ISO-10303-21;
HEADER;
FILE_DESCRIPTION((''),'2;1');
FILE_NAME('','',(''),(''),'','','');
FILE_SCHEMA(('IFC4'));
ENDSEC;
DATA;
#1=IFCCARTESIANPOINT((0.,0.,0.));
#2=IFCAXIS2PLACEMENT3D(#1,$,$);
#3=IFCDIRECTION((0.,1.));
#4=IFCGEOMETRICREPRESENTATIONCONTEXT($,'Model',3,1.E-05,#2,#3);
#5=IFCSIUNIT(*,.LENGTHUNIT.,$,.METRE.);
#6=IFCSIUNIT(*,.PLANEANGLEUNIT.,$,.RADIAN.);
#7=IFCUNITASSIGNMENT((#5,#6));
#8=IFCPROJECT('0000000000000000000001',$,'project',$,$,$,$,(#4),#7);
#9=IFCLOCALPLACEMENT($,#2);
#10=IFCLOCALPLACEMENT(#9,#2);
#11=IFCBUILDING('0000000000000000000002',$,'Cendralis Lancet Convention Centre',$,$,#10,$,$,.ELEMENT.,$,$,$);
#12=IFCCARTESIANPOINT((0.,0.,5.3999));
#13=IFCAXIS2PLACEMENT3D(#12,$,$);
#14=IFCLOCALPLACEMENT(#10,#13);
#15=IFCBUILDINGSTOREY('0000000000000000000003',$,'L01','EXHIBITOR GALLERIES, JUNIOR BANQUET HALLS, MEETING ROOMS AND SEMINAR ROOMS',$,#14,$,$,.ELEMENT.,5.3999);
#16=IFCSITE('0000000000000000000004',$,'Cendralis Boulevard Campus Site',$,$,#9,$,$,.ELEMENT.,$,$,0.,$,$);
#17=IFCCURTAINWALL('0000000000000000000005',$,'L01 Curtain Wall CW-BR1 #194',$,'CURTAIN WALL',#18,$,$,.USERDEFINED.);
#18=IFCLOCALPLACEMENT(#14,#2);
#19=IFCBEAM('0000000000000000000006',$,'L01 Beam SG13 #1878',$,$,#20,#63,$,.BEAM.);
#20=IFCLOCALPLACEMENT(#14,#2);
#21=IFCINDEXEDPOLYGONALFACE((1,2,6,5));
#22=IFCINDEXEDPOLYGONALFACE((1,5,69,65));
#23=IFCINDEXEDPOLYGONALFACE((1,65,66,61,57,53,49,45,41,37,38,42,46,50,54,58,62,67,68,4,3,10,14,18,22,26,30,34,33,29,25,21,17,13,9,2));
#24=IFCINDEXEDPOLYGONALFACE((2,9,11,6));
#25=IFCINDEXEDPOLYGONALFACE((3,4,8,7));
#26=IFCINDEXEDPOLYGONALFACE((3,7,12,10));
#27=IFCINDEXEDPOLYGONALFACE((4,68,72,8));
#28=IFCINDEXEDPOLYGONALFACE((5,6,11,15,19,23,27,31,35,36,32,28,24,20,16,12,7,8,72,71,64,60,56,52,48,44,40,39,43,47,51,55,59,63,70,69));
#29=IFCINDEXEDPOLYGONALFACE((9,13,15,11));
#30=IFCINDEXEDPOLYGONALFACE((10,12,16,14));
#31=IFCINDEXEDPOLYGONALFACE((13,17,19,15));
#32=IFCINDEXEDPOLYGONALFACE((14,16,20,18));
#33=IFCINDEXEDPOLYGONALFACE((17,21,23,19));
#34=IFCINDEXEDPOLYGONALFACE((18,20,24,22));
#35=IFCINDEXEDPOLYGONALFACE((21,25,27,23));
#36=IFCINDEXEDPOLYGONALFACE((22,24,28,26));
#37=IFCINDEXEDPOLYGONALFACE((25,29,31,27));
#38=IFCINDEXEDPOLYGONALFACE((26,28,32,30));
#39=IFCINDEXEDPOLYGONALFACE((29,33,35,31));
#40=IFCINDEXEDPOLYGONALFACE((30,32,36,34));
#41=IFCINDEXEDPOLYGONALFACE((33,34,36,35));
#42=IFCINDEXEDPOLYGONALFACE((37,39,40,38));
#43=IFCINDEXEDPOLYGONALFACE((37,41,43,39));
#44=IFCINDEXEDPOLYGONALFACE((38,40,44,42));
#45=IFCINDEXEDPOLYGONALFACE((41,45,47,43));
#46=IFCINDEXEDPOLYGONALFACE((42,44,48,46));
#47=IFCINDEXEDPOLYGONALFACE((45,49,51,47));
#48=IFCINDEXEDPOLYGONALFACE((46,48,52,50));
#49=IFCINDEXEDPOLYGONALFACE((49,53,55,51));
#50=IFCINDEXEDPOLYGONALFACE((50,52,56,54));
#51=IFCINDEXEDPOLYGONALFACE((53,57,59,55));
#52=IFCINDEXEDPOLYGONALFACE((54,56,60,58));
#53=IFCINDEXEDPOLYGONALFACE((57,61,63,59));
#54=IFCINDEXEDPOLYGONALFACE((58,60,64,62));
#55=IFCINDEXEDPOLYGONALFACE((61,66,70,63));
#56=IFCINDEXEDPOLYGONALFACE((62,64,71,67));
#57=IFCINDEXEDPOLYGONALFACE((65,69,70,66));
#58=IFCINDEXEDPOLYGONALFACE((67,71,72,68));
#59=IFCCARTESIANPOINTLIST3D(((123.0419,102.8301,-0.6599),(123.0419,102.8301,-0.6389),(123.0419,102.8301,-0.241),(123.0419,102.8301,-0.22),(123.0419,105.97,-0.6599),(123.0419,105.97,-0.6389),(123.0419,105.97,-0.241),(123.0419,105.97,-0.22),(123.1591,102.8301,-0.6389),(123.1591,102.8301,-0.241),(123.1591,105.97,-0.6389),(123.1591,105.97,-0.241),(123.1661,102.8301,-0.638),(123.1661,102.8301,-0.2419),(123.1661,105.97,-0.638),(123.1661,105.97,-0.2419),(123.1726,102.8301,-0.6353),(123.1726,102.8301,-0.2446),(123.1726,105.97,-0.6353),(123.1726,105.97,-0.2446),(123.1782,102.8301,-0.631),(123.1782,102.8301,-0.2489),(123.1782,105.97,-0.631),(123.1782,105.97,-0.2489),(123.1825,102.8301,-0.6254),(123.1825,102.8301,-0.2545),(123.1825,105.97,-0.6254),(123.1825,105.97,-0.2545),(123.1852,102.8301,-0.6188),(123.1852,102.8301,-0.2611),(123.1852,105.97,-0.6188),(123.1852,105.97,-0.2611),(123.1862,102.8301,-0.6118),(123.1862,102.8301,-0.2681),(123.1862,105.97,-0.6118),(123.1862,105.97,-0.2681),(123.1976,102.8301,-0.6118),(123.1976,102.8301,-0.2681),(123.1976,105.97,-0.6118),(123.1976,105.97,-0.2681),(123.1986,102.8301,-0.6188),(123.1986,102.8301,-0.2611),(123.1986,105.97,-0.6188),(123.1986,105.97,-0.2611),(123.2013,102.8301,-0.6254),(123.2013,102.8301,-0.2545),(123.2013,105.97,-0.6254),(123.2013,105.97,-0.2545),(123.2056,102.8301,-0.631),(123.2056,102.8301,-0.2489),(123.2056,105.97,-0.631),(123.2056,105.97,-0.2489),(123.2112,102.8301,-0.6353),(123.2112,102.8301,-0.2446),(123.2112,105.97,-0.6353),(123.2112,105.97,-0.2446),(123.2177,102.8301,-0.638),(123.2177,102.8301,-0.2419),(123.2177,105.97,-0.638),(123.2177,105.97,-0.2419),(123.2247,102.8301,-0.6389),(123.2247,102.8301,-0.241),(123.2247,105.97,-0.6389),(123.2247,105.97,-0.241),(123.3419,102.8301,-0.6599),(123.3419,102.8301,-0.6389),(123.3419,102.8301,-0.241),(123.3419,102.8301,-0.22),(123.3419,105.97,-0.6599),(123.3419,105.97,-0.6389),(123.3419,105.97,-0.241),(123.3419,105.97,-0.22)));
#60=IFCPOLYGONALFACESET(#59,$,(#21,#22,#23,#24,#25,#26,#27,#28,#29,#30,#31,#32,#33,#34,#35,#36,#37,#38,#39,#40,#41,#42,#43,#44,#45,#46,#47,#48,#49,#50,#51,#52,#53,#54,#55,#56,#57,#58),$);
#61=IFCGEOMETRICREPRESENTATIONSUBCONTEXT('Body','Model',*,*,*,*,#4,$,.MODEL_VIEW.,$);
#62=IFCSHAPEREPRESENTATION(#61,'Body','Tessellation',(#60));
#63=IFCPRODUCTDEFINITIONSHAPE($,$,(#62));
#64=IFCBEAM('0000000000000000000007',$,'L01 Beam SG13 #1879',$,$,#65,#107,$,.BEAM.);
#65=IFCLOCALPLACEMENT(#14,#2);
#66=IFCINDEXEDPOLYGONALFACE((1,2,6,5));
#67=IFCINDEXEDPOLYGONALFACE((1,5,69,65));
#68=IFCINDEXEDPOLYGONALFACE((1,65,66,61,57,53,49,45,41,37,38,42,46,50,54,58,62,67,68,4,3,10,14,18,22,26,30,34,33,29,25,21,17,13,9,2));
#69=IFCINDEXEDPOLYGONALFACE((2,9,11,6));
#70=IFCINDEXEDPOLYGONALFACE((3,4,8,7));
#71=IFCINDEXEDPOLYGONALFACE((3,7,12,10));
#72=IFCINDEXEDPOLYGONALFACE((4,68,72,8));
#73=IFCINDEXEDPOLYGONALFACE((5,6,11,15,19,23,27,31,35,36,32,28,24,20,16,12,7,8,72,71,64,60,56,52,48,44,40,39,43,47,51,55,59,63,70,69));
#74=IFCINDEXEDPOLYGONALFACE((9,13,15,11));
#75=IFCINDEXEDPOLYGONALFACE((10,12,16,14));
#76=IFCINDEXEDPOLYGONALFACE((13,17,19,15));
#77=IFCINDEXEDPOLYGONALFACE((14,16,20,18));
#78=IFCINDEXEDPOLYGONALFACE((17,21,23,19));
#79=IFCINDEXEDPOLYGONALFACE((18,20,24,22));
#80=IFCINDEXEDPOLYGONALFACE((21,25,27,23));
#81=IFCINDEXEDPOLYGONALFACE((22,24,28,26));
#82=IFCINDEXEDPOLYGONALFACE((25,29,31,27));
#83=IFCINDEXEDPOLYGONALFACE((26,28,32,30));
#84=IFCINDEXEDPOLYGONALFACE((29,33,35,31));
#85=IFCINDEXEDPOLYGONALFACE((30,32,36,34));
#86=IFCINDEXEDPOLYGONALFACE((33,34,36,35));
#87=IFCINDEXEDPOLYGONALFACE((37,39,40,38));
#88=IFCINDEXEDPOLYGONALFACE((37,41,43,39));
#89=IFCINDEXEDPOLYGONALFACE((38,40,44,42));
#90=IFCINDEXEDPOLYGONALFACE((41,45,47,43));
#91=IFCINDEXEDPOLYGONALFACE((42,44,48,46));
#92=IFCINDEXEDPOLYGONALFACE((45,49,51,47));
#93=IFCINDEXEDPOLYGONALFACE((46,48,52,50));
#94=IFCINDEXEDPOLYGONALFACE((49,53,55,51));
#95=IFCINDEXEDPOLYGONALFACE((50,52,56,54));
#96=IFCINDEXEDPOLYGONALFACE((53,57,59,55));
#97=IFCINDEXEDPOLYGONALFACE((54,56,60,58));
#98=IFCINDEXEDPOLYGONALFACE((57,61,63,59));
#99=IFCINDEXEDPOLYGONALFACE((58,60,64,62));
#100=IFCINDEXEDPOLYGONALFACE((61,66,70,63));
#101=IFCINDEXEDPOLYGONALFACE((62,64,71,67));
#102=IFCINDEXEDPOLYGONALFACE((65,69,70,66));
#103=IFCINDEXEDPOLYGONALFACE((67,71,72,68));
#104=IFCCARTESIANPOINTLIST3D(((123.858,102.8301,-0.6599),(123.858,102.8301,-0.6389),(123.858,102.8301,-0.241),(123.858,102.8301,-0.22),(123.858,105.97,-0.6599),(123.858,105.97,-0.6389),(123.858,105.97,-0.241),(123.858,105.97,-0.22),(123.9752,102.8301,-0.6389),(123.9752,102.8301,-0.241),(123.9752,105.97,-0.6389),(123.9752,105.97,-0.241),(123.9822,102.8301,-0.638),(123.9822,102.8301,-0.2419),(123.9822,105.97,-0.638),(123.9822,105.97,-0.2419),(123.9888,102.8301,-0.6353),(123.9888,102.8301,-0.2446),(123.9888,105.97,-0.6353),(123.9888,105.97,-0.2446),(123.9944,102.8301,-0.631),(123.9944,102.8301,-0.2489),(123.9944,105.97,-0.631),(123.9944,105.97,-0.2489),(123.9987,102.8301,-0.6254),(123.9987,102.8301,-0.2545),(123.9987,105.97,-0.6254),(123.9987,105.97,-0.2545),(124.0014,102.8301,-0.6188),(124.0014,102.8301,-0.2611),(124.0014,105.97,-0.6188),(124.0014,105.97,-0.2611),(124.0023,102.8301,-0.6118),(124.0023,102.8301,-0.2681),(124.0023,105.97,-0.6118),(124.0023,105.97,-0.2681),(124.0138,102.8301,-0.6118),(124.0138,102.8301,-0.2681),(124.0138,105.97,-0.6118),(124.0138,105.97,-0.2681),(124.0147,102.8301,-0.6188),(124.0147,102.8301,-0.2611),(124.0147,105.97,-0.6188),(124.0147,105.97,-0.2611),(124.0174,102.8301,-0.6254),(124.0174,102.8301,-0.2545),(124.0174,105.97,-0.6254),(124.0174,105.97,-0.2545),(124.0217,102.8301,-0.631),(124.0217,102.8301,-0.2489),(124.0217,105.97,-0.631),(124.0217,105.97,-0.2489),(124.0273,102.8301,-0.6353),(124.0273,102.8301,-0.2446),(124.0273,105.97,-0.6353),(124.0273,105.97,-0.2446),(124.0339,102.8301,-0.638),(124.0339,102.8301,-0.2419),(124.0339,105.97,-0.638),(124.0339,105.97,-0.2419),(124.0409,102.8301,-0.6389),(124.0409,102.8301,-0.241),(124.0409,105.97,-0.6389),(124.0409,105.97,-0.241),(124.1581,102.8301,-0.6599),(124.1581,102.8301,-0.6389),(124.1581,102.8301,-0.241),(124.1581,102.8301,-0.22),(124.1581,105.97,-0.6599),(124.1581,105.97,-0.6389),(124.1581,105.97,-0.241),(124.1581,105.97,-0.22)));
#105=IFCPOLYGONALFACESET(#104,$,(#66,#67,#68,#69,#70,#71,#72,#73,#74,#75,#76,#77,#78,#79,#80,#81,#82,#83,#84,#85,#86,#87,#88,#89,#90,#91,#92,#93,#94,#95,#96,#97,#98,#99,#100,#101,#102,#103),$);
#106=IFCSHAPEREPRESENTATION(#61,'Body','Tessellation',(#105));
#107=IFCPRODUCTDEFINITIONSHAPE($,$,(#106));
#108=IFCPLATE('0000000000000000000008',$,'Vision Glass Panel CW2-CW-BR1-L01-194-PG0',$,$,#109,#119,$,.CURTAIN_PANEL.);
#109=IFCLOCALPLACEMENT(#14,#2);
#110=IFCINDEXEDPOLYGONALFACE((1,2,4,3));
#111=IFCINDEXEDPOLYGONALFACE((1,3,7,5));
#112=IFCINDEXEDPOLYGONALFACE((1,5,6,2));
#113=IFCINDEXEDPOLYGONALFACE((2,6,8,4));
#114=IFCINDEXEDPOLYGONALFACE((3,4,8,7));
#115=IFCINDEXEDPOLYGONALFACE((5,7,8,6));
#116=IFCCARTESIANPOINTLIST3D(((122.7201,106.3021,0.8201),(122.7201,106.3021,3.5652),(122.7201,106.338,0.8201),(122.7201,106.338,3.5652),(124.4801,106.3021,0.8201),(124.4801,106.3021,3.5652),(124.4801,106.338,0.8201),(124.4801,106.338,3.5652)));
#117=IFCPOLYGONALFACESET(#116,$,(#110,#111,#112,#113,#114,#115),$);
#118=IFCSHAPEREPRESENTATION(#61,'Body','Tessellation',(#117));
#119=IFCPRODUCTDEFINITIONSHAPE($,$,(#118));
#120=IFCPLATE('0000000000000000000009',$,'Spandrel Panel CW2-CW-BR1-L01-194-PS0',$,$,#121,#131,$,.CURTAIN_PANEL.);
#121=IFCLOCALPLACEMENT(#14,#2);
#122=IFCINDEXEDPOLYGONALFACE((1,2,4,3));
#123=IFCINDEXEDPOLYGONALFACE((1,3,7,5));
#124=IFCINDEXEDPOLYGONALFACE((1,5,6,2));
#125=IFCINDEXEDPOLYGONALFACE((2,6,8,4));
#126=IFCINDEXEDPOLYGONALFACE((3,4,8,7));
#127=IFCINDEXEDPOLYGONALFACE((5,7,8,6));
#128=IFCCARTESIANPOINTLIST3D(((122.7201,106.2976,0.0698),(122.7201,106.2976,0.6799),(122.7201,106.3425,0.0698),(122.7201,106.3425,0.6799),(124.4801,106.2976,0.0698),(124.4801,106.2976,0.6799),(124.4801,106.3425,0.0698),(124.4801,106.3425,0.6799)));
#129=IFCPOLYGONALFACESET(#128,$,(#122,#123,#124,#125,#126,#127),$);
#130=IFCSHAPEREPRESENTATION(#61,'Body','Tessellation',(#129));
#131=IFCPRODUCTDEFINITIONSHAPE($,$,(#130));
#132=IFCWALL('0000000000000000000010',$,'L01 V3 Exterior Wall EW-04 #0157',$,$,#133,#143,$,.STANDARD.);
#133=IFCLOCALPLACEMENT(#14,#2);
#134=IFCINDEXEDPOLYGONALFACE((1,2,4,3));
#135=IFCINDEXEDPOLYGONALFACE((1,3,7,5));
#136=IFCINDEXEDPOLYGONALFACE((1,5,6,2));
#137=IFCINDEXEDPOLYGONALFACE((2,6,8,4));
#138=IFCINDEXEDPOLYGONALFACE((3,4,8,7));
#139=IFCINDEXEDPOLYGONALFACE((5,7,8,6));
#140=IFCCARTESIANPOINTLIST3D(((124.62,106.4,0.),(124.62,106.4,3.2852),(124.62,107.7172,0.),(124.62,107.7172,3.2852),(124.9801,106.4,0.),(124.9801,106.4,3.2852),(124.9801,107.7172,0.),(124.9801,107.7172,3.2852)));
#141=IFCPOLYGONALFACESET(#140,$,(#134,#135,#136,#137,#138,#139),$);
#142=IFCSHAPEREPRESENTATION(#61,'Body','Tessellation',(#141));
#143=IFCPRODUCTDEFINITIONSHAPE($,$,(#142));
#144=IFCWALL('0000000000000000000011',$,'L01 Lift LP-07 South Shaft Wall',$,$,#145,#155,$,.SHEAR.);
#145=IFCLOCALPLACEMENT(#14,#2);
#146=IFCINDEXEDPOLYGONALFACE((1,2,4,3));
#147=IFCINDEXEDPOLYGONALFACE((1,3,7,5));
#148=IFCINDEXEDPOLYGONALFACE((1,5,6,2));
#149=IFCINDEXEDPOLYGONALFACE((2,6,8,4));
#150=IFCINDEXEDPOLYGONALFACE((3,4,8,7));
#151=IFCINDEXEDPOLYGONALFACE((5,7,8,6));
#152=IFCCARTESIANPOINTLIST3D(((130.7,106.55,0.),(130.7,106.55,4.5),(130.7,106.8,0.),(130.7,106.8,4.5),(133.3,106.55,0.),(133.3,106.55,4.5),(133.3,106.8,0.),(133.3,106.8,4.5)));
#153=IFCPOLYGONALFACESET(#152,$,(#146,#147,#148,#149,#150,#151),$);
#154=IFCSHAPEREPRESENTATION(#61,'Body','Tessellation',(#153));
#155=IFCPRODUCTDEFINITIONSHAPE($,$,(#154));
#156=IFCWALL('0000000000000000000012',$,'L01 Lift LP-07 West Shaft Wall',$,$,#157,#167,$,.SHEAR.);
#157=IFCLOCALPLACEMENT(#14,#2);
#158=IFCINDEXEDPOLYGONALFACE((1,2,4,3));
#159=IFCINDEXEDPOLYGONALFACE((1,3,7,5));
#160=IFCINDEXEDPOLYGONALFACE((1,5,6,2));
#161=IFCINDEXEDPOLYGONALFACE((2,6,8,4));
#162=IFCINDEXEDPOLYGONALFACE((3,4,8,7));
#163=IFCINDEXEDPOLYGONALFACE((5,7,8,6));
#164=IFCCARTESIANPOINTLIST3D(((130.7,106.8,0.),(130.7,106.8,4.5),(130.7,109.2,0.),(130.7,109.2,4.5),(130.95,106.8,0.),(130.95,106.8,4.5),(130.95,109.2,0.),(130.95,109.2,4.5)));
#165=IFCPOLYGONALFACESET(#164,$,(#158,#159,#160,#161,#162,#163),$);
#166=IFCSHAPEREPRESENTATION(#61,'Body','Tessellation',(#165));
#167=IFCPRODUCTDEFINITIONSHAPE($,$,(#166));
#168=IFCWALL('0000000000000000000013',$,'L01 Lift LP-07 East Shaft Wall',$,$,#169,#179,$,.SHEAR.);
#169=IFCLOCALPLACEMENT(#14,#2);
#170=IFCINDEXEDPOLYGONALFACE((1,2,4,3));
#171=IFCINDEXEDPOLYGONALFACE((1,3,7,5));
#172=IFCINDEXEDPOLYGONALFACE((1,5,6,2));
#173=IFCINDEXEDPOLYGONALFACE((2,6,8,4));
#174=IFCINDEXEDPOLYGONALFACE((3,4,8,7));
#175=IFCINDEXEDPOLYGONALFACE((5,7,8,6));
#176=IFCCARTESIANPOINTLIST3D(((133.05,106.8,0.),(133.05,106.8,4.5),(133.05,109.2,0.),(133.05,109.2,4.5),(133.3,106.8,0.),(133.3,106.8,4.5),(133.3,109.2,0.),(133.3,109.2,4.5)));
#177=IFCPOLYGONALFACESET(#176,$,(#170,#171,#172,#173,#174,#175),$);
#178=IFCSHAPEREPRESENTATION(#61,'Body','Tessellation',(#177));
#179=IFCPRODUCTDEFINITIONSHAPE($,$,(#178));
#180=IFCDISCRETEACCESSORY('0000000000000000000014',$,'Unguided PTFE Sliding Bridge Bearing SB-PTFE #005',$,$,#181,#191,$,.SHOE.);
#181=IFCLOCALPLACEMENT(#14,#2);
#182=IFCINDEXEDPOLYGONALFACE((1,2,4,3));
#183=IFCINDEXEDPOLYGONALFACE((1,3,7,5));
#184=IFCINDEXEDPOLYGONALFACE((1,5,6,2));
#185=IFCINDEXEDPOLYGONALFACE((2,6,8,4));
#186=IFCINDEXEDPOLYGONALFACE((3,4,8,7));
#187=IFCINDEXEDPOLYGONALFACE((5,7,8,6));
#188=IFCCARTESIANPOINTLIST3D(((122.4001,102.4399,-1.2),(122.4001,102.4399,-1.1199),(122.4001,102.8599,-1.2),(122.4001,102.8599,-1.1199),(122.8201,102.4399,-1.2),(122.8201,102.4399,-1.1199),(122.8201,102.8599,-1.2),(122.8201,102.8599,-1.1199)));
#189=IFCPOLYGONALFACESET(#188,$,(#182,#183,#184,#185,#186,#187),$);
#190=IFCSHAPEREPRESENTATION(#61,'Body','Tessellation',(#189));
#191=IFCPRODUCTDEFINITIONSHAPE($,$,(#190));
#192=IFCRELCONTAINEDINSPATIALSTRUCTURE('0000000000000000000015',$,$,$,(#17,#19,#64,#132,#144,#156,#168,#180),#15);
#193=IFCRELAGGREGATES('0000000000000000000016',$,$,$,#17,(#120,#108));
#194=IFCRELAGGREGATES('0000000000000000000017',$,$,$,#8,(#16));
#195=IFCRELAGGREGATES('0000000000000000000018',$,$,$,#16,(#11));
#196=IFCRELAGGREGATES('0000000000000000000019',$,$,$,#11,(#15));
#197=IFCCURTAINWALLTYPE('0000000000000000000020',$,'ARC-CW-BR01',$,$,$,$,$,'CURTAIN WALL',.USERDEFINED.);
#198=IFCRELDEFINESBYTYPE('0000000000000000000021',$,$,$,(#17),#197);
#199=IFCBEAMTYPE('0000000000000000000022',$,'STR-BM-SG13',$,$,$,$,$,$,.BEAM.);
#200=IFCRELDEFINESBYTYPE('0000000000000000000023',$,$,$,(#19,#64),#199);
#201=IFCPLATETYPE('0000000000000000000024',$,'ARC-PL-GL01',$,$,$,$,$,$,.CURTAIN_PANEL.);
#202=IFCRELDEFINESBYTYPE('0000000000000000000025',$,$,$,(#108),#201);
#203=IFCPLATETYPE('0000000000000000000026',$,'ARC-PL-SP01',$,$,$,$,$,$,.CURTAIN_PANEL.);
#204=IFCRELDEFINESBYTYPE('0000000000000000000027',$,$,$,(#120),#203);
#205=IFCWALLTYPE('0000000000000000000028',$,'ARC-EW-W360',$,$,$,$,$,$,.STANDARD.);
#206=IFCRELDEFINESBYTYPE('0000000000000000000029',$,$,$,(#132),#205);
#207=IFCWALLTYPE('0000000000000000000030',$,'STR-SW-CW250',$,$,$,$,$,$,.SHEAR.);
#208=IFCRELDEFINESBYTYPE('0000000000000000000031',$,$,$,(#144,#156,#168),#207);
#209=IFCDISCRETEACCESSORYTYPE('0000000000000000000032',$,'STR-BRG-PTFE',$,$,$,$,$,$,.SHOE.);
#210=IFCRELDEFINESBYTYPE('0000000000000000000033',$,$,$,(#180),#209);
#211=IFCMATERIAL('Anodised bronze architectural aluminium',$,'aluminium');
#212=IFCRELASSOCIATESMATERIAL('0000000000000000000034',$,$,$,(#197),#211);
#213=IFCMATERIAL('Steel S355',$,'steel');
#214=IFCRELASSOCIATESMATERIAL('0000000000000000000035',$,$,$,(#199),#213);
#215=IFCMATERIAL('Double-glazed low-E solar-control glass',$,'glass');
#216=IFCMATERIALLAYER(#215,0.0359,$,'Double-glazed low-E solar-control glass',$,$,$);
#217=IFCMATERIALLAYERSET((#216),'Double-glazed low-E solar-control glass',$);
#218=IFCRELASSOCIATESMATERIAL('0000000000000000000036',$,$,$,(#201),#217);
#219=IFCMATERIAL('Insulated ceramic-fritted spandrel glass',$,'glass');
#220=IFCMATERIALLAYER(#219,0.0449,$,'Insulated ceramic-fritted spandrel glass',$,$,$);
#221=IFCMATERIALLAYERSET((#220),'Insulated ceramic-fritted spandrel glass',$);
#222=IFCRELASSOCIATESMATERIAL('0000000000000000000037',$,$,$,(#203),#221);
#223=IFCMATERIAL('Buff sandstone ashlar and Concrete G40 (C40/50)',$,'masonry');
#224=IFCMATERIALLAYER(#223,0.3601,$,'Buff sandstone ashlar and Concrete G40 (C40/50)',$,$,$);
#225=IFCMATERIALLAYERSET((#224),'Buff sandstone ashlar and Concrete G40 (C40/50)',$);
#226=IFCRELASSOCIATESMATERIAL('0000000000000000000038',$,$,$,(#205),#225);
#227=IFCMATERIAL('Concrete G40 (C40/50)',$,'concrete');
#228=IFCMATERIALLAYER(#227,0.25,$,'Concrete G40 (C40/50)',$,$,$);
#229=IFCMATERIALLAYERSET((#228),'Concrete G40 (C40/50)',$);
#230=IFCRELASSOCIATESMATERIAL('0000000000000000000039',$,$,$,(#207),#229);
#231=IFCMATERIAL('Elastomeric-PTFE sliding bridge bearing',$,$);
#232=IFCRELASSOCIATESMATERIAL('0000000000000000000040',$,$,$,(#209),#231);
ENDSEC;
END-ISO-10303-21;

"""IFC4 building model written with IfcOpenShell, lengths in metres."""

from ifc_helpers import new_model, si_unit, direction, frame, frame_2d, origin, origin_2d, place, context, subcontext, project, spatial, rectangle, i_section, extrude, material, layer, layer_set, material_profile, profile_set, type_object, element, aggregate, save


model = new_model("IFC4")

# Units and contexts
model_context = context("Model", 3, precision=1e-05, world=origin(), true_north=direction((0.0, 1.0)))
body_context = subcontext(model_context, "Body", "Model", "MODEL_VIEW")
ifc_project = project(units=[si_unit("LENGTHUNIT", "METRE"), si_unit("PLANEANGLEUNIT", "RADIAN")], contexts=[model_context])

# Site, building, storey
site_placement = place(None, origin())
site = spatial("IfcSite", under=ifc_project, at=site_placement, Name="Cendralis Boulevard Campus Site", CompositionType="ELEMENT", RefElevation=0.0)
building_placement = place(site_placement, origin())
building = spatial("IfcBuilding", under=site, at=building_placement, Name="Cendralis Lancet Convention Centre", CompositionType="ELEMENT")
storey_placement = place(building_placement, frame((0.0, 0.0, 5.3999)))
storey = spatial("IfcBuildingStorey", under=building, at=storey_placement, Name="L01", Description="EXHIBITOR GALLERIES, JUNIOR BANQUET HALLS, MEETING ROOMS AND SEMINAR ROOMS", CompositionType="ELEMENT", Elevation=5.3999)

# Shared definitions
ifc_material_1 = material(Name="Steel S355", Category="steel")

# Shared definitions
ifc_material_2 = material(Name="Anodised bronze architectural aluminium", Category="aluminium")
curtain_wall_type_1 = type_object("IfcCurtainWallType", Name="ARC-CW-BR01", ElementType="CURTAIN WALL", PredefinedType="USERDEFINED", material=ifc_material_2)

# Curtain wall
curtain_wall_1_placement = place(storey_placement, origin())
curtain_wall_1 = element("IfcCurtainWall", 1, at=curtain_wall_1_placement, inside=storey, type_object=curtain_wall_type_1, Name="L01 Curtain Wall CW-BR1 #194", ObjectType="CURTAIN WALL", PredefinedType="USERDEFINED")

# Beams
ifc_material_3 = material(Name="Concrete G40 (C40/50)", Category="concrete")
ifc_material_profile_1 = material_profile(ifc_material_1, i_section(OverallWidth=0.3, OverallDepth=0.4399, WebThickness=0.0115, FlangeThickness=0.021, FilletRadius=0.0271, at=origin_2d()), Name="HEA 450")
ifc_profile_set_1 = profile_set([ifc_material_profile_1], Name="Steel S355")
beam_type_1 = type_object("IfcBeamType", Name="STR-BM-SG13", PredefinedType="BEAM", material=ifc_profile_set_1)
for number, where, z_axis, x_axis, name in (
    (2, (123.1919, 102.8301, -0.4399), (0.0, 1.0, 0.0), (-1.0, 0.0, 0.0), "L01 Beam SG13 #1878"),
    (3, (124.0081, 102.8301, -0.4399), (0.0, 1.0, 0.0), (-1.0, 0.0, 0.0), "L01 Beam SG13 #1879"),
):
    element("IfcBeam", number, at=place(storey_placement, frame(where, z_axis=z_axis, x_axis=x_axis)), inside=storey, type_object=beam_type_1, Name=name, PredefinedType="BEAM", context=body_context, shape_type="SweptSolid", body=[
        extrude(i_section(OverallWidth=0.3, OverallDepth=0.4399, WebThickness=0.0115, FlangeThickness=0.021, FilletRadius=0.0271, at=origin_2d()), origin(), (0.0, 0.0, 1.0), 3.1399),
    ])

# Plates
ifc_material_4 = material(Name="Double-glazed low-E solar-control glass", Category="glass")
ifc_layer_1 = layer(ifc_material_4, 0.0359, Name="Double-glazed low-E solar-control glass")
ifc_layer_set_1 = layer_set([ifc_layer_1], Name="Double-glazed low-E solar-control glass")
plate_type_1 = type_object("IfcPlateType", Name="ARC-PL-GL01", PredefinedType="CURTAIN_PANEL", material=ifc_layer_set_1)
plate_1_placement = place(storey_placement, frame((123.6001, 106.3201, 0.8201), z_axis=(0.0, 0.0, 1.0), x_axis=(1.0, 0.0, 0.0)))
plate_1 = element("IfcPlate", 4, at=plate_1_placement, type_object=plate_type_1, Name="Vision Glass Panel CW2-CW-BR1-L01-194-PG0", PredefinedType="CURTAIN_PANEL", context=body_context, shape_type="SweptSolid", body=[
    extrude(rectangle(XDim=1.76, YDim=0.0359, at=origin_2d()), origin(), (0.0, 0.0, 1.0), 2.7451),
])
ifc_material_5 = material(Name="Insulated ceramic-fritted spandrel glass", Category="glass")
ifc_layer_2 = layer(ifc_material_5, 0.0449, Name="Insulated ceramic-fritted spandrel glass")
ifc_layer_set_2 = layer_set([ifc_layer_2], Name="Insulated ceramic-fritted spandrel glass")
plate_type_2 = type_object("IfcPlateType", Name="ARC-PL-SP01", PredefinedType="CURTAIN_PANEL", material=ifc_layer_set_2)
plate_2_placement = place(storey_placement, frame((123.6001, 106.3201, 0.0698), z_axis=(0.0, 0.0, 1.0), x_axis=(1.0, 0.0, 0.0)))
plate_2 = element("IfcPlate", 5, at=plate_2_placement, type_object=plate_type_2, Name="Spandrel Panel CW2-CW-BR1-L01-194-PS0", PredefinedType="CURTAIN_PANEL", context=body_context, shape_type="SweptSolid", body=[
    extrude(rectangle(XDim=1.76, YDim=0.0449, at=origin_2d()), origin(), (0.0, 0.0, 1.0), 0.6101),
])
aggregate(curtain_wall_1, [plate_2, plate_1])

# Walls
ifc_material_6 = material(Name="Buff sandstone ashlar and Concrete G40 (C40/50)", Category="masonry")
ifc_layer_3 = layer(ifc_material_6, 0.3601, Name="Buff sandstone ashlar and Concrete G40 (C40/50)")
ifc_layer_set_3 = layer_set([ifc_layer_3], Name="Buff sandstone ashlar and Concrete G40 (C40/50)")
wall_type_1 = type_object("IfcWallType", Name="ARC-EW-W360", PredefinedType="STANDARD", material=ifc_layer_set_3)
wall_1_placement = place(storey_placement, frame((124.8, 106.3999, 0.0), z_axis=(0.0, 0.0, 1.0), x_axis=(0.0, 1.0, 0.0)))
element("IfcWall", 6, at=wall_1_placement, inside=storey, type_object=wall_type_1, Name="L01 V3 Exterior Wall EW-04 #0157", PredefinedType="STANDARD", context=body_context, shape_type="SweptSolid", body=[
    extrude(rectangle(XDim=1.3171, YDim=0.3601, at=frame_2d((0.6587, 0.0))), origin(), (0.0, 0.0, 1.0), 3.2852),
])
ifc_layer_4 = layer(ifc_material_3, 0.25, Name="Concrete G40 (C40/50)")
ifc_layer_set_4 = layer_set([ifc_layer_4], Name="Concrete G40 (C40/50)")
wall_type_2 = type_object("IfcWallType", Name="STR-SW-CW250", PredefinedType="SHEAR", material=ifc_layer_set_4)
wall_2_placement = place(storey_placement, frame((130.7, 106.675, 0.0), z_axis=(0.0, 0.0, 1.0), x_axis=(1.0, 0.0, 0.0)))
element("IfcWall", 7, at=wall_2_placement, inside=storey, type_object=wall_type_2, Name="L01 Lift LP-07 South Shaft Wall", PredefinedType="SHEAR", context=body_context, shape_type="SweptSolid", body=[
    extrude(rectangle(XDim=2.6001, YDim=0.25, at=frame_2d((1.3, 0.0))), origin(), (0.0, 0.0, 1.0), 4.5),
])
for number, where, z_axis, x_axis, name in (
    (8, (130.825, 106.8, 0.0), (0.0, 0.0, 1.0), (0.0, 1.0, 0.0), "L01 Lift LP-07 West Shaft Wall"),
    (9, (133.175, 106.8, 0.0), (0.0, 0.0, 1.0), (0.0, 1.0, 0.0), "L01 Lift LP-07 East Shaft Wall"),
):
    element("IfcWall", number, at=place(storey_placement, frame(where, z_axis=z_axis, x_axis=x_axis)), inside=storey, type_object=wall_type_2, Name=name, PredefinedType="SHEAR", context=body_context, shape_type="SweptSolid", body=[
        extrude(rectangle(XDim=2.3999, YDim=0.25, at=frame_2d((1.2, 0.0))), origin(), (0.0, 0.0, 1.0), 4.5),
    ])

# Discrete accessory
ifc_material_7 = material(Name="Elastomeric-PTFE sliding bridge bearing")
discrete_accessory_type = type_object("IfcDiscreteAccessoryType", Name="STR-BRG-PTFE", PredefinedType="SHOE", material=ifc_material_7)
for number, where, z_axis, x_axis, name in (
    (10, (122.6101, 102.6499, -1.2), (0.0, 0.0, 1.0), (1.0, 0.0, 0.0), "Unguided PTFE Sliding Bridge Bearing SB-PTFE #005"),
):
    element("IfcDiscreteAccessory", number, at=place(storey_placement, frame(where, z_axis=z_axis, x_axis=x_axis)), inside=storey, type_object=discrete_accessory_type, Name=name, PredefinedType="SHOE", context=body_context, shape_type="SweptSolid", body=[
        extrude(rectangle(XDim=0.4199, YDim=0.4199, at=origin_2d()), origin(), (0.0, 0.0, 1.0), 0.0801),
    ])

save(model, "model.ifc")
